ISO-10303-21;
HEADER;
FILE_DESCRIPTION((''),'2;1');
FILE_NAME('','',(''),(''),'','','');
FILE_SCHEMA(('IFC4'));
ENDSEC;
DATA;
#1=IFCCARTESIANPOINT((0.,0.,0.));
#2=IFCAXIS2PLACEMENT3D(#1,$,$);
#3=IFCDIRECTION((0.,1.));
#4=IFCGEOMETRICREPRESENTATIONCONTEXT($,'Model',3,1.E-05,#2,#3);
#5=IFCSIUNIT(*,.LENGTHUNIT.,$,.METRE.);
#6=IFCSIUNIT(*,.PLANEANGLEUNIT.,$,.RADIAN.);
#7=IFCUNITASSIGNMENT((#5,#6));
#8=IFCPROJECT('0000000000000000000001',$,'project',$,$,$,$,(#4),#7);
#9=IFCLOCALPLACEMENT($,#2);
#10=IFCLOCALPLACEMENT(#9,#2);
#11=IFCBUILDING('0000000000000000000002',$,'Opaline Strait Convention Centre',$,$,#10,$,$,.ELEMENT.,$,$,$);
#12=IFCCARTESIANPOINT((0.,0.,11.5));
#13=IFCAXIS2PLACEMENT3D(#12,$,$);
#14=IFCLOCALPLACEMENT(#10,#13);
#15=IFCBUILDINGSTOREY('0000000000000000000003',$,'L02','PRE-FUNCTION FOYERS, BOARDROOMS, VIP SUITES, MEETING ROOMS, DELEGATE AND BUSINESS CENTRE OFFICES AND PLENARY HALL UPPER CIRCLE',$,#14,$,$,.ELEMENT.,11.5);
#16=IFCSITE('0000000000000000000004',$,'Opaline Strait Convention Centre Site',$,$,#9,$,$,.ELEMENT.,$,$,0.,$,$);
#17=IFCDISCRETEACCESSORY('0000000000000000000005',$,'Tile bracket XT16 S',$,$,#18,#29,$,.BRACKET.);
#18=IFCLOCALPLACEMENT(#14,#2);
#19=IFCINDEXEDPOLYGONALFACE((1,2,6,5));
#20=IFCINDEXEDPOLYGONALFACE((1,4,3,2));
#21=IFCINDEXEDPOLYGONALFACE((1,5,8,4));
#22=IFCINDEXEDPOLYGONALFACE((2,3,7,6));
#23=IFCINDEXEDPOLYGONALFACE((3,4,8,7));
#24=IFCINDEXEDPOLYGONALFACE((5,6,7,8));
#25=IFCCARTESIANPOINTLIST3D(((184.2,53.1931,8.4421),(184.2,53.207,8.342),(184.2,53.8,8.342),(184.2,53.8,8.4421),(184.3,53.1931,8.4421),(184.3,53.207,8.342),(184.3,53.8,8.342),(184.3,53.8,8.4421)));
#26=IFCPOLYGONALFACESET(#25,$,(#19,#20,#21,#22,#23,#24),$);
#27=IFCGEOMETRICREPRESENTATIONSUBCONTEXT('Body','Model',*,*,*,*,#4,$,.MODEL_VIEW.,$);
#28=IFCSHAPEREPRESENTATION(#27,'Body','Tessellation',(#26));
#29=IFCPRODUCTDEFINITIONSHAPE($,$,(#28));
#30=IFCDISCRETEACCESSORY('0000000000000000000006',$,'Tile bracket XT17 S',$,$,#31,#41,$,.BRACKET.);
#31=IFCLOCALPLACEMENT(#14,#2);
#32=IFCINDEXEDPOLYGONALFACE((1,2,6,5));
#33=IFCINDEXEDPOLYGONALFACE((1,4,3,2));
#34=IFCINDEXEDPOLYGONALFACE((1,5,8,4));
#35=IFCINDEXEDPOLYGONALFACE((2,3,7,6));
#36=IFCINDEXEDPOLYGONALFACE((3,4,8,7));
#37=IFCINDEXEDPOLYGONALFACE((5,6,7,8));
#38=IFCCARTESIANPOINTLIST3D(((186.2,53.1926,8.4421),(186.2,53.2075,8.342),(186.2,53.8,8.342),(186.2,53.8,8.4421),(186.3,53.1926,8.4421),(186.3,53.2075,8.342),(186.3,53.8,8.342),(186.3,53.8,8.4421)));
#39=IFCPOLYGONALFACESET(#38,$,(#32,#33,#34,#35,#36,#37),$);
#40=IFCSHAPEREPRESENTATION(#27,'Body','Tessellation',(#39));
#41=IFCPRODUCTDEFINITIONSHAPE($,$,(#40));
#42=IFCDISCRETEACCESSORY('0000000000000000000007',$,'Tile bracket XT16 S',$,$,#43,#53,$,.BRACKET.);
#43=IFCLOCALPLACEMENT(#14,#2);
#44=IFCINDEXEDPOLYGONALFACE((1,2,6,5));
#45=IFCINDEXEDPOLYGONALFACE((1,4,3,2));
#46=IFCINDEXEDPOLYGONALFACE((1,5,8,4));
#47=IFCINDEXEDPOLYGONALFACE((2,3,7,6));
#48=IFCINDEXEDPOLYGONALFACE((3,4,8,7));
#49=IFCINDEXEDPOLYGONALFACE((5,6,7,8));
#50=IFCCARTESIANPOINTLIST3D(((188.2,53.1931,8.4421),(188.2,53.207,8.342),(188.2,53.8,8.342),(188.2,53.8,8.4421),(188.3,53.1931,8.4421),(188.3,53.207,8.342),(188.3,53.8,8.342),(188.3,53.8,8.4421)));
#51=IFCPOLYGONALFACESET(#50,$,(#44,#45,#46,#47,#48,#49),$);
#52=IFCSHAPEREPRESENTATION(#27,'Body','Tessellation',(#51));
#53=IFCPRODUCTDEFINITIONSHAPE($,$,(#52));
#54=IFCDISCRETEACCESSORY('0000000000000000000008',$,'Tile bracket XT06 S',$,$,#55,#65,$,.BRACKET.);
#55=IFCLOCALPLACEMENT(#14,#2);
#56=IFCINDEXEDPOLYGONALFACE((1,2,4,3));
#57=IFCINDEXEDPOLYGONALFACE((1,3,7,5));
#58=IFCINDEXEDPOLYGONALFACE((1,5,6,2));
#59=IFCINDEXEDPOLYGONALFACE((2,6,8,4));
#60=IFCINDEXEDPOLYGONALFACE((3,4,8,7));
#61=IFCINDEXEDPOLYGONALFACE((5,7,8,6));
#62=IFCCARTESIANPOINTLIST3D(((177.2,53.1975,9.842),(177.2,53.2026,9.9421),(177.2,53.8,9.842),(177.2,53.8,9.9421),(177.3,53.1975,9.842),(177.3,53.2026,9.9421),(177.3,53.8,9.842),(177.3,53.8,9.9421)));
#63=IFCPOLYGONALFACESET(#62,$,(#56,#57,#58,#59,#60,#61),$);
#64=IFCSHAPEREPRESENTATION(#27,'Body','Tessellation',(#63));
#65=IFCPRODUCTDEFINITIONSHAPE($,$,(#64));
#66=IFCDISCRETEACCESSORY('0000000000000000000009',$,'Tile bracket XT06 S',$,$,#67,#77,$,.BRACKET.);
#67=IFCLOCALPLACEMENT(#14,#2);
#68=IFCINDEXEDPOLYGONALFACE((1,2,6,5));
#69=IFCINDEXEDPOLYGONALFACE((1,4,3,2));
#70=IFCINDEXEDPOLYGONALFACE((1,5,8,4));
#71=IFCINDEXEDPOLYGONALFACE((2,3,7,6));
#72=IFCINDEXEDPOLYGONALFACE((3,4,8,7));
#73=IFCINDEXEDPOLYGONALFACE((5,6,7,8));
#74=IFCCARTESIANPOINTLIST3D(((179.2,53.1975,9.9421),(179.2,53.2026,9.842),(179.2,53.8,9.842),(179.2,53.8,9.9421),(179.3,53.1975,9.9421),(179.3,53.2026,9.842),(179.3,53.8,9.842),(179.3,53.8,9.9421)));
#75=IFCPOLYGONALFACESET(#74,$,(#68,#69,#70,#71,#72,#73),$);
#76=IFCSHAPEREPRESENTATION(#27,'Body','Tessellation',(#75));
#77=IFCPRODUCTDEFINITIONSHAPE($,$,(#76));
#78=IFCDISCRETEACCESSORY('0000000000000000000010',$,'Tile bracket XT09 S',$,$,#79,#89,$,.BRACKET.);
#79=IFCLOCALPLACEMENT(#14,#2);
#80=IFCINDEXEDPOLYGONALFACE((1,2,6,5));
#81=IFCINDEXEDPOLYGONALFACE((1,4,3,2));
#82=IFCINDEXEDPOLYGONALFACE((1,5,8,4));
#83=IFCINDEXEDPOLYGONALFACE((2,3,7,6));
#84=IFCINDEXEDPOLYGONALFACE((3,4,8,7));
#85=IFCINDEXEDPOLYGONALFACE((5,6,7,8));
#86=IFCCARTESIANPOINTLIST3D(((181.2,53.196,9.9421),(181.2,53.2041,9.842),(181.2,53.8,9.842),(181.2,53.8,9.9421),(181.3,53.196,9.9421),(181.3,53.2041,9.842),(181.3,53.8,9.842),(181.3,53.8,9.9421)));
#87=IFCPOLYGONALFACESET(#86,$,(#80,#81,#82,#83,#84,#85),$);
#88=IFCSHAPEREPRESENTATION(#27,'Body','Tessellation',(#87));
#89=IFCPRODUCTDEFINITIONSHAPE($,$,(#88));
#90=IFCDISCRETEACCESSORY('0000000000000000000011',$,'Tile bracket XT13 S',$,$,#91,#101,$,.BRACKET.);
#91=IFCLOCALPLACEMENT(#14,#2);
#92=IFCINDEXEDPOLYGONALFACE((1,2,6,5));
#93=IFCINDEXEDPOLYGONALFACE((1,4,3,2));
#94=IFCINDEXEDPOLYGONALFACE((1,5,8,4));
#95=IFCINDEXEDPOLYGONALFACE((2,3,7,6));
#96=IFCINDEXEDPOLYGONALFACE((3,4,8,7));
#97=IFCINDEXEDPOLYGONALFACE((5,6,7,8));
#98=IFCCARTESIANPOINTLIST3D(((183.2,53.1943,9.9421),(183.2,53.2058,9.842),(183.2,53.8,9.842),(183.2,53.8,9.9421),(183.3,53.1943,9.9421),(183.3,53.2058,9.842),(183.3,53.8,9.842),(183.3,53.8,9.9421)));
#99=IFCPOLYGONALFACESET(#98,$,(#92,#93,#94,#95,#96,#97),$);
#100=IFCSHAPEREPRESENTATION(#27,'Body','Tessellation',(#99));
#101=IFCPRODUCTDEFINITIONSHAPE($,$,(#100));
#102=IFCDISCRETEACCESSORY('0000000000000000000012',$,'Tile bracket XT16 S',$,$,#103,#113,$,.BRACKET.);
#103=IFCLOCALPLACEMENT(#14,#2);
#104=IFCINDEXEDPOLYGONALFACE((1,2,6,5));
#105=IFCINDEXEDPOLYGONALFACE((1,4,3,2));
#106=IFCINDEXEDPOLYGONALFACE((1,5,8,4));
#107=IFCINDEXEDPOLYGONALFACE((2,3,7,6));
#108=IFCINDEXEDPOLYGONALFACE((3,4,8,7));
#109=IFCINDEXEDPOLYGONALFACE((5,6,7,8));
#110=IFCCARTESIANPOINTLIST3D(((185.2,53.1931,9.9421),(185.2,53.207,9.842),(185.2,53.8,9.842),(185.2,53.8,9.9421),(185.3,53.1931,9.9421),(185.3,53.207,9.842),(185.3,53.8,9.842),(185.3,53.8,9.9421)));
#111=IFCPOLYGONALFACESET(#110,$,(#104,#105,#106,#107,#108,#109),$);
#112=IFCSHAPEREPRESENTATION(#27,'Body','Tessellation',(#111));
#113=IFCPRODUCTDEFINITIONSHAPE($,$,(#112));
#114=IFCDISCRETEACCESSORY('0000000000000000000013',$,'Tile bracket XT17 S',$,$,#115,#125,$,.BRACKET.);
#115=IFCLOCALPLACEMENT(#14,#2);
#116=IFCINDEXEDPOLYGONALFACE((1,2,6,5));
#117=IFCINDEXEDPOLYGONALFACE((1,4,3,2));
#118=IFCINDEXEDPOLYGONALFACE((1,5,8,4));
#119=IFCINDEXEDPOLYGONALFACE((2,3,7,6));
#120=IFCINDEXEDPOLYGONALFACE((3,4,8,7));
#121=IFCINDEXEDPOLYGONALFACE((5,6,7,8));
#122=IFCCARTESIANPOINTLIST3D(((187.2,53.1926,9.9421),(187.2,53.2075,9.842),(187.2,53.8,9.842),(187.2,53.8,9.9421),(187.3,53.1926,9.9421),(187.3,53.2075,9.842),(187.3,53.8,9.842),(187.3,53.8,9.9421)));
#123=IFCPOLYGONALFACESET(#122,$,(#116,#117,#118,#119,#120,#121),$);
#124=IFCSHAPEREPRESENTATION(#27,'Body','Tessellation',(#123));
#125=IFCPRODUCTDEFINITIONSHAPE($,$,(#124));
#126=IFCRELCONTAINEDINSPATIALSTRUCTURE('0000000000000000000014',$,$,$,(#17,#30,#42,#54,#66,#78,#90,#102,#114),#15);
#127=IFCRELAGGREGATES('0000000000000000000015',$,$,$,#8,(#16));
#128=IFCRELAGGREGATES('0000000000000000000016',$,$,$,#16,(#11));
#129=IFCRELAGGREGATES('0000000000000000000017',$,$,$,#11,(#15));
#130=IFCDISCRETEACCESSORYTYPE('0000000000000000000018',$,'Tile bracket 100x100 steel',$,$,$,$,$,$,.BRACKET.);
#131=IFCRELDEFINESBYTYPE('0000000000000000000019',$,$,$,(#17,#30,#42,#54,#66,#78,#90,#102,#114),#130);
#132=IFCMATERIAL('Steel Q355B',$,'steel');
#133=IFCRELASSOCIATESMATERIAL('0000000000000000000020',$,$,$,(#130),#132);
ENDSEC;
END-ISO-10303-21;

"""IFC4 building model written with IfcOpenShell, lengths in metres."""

from ifc_helpers import new_model, si_unit, direction, frame, origin, place, context, subcontext, project, spatial, polyline, outline, extrude, material, type_object, element, save


model = new_model("IFC4")

# Units and contexts
model_context = context("Model", 3, precision=1e-05, world=origin(), true_north=direction((0.0, 1.0)))
body_context = subcontext(model_context, "Body", "Model", "MODEL_VIEW")
ifc_project = project(units=[si_unit("LENGTHUNIT", "METRE"), si_unit("PLANEANGLEUNIT", "RADIAN")], contexts=[model_context])

# Site, building, storey
site_placement = place(None, origin())
site = spatial("IfcSite", under=ifc_project, at=site_placement, Name="Opaline Strait Convention Centre Site", CompositionType="ELEMENT", RefElevation=0.0)
building_placement = place(site_placement, origin())
building = spatial("IfcBuilding", under=site, at=building_placement, Name="Opaline Strait Convention Centre", CompositionType="ELEMENT")
storey_placement = place(building_placement, frame((0.0, 0.0, 11.5)))
storey = spatial("IfcBuildingStorey", under=building, at=storey_placement, Name="L02", Description="PRE-FUNCTION FOYERS, BOARDROOMS, VIP SUITES, MEETING ROOMS, DELEGATE AND BUSINESS CENTRE OFFICES AND PLENARY HALL UPPER CIRCLE", CompositionType="ELEMENT", Elevation=11.5)

# Shared definitions
ifc_material_1 = material(Name="Steel Q355B", Category="steel")

# Discrete accessories
discrete_accessory_type = type_object("IfcDiscreteAccessoryType", Name="Tile bracket 100x100 steel", PredefinedType="BRACKET", material=ifc_material_1)
discrete_accessory_1_placement = place(storey_placement, frame((184.2, 53.8, 8.3921), z_axis=(1.0, 0.0, 0.0), x_axis=(0.0, 1.0, 0.0)))
element("IfcDiscreteAccessory", 1, at=discrete_accessory_1_placement, inside=storey, type_object=discrete_accessory_type, Name="Tile bracket XT16 S", PredefinedType="BRACKET", context=body_context, shape_type="SweptSolid", body=[
    extrude(outline(polyline([(0.0, -0.05), (0.0, 0.05), (-0.6069, 0.05), (-0.593, -0.05), (0.0, -0.05)])), origin(), (0.0, 0.0, 1.0), 0.1001),
])
discrete_accessory_2_placement = place(storey_placement, frame((186.2, 53.8, 8.3921), z_axis=(1.0, 0.0, 0.0), x_axis=(0.0, 1.0, 0.0)))
element("IfcDiscreteAccessory", 2, at=discrete_accessory_2_placement, inside=storey, type_object=discrete_accessory_type, Name="Tile bracket XT17 S", PredefinedType="BRACKET", context=body_context, shape_type="SweptSolid", body=[
    extrude(outline(polyline([(0.0, -0.05), (0.0, 0.05), (-0.6074, 0.05), (-0.5925, -0.05), (0.0, -0.05)])), origin(), (0.0, 0.0, 1.0), 0.1001),
])
discrete_accessory_3_placement = place(storey_placement, frame((188.2, 53.8, 8.3921), z_axis=(1.0, 0.0, 0.0), x_axis=(0.0, 1.0, 0.0)))
element("IfcDiscreteAccessory", 3, at=discrete_accessory_3_placement, inside=storey, type_object=discrete_accessory_type, Name="Tile bracket XT16 S", PredefinedType="BRACKET", context=body_context, shape_type="SweptSolid", body=[
    extrude(outline(polyline([(0.0, -0.05), (0.0, 0.05), (-0.6069, 0.05), (-0.593, -0.05), (0.0, -0.05)])), origin(), (0.0, 0.0, 1.0), 0.1001),
])
discrete_accessory_4_placement = place(storey_placement, frame((177.2, 53.8, 9.8921), z_axis=(1.0, 0.0, 0.0), x_axis=(0.0, 1.0, 0.0)))
element("IfcDiscreteAccessory", 4, at=discrete_accessory_4_placement, inside=storey, type_object=discrete_accessory_type, Name="Tile bracket XT06 S", PredefinedType="BRACKET", context=body_context, shape_type="SweptSolid", body=[
    extrude(outline(polyline([(0.0, -0.05), (0.0, 0.05), (-0.5974, 0.05), (-0.6025, -0.05), (0.0, -0.05)])), origin(), (0.0, 0.0, 1.0), 0.1001),
])
discrete_accessory_5_placement = place(storey_placement, frame((179.2, 53.8, 9.8921), z_axis=(1.0, 0.0, 0.0), x_axis=(0.0, 1.0, 0.0)))
element("IfcDiscreteAccessory", 5, at=discrete_accessory_5_placement, inside=storey, type_object=discrete_accessory_type, Name="Tile bracket XT06 S", PredefinedType="BRACKET", context=body_context, shape_type="SweptSolid", body=[
    extrude(outline(polyline([(0.0, -0.05), (0.0, 0.05), (-0.6025, 0.05), (-0.5974, -0.05), (0.0, -0.05)])), origin(), (0.0, 0.0, 1.0), 0.1001),
])
discrete_accessory_6_placement = place(storey_placement, frame((181.2, 53.8, 9.8921), z_axis=(1.0, 0.0, 0.0), x_axis=(0.0, 1.0, 0.0)))
element("IfcDiscreteAccessory", 6, at=discrete_accessory_6_placement, inside=storey, type_object=discrete_accessory_type, Name="Tile bracket XT09 S", PredefinedType="BRACKET", context=body_context, shape_type="SweptSolid", body=[
    extrude(outline(polyline([(0.0, -0.05), (0.0, 0.05), (-0.604, 0.05), (-0.5959, -0.05), (0.0, -0.05)])), origin(), (0.0, 0.0, 1.0), 0.1001),
])
discrete_accessory_7_placement = place(storey_placement, frame((183.2, 53.8, 9.8921), z_axis=(1.0, 0.0, 0.0), x_axis=(0.0, 1.0, 0.0)))
element("IfcDiscreteAccessory", 7, at=discrete_accessory_7_placement, inside=storey, type_object=discrete_accessory_type, Name="Tile bracket XT13 S", PredefinedType="BRACKET", context=body_context, shape_type="SweptSolid", body=[
    extrude(outline(polyline([(0.0, -0.05), (0.0, 0.05), (-0.6057, 0.05), (-0.5942, -0.05), (0.0, -0.05)])), origin(), (0.0, 0.0, 1.0), 0.1001),
])
discrete_accessory_8_placement = place(storey_placement, frame((185.2, 53.8, 9.8921), z_axis=(1.0, 0.0, 0.0), x_axis=(0.0, 1.0, 0.0)))
element("IfcDiscreteAccessory", 8, at=discrete_accessory_8_placement, inside=storey, type_object=discrete_accessory_type, Name="Tile bracket XT16 S", PredefinedType="BRACKET", context=body_context, shape_type="SweptSolid", body=[
    extrude(outline(polyline([(0.0, -0.05), (0.0, 0.05), (-0.6069, 0.05), (-0.593, -0.05), (0.0, -0.05)])), origin(), (0.0, 0.0, 1.0), 0.1001),
])
discrete_accessory_9_placement = place(storey_placement, frame((187.2, 53.8, 9.8921), z_axis=(1.0, 0.0, 0.0), x_axis=(0.0, 1.0, 0.0)))
element("IfcDiscreteAccessory", 9, at=discrete_accessory_9_placement, inside=storey, type_object=discrete_accessory_type, Name="Tile bracket XT17 S", PredefinedType="BRACKET", context=body_context, shape_type="SweptSolid", body=[
    extrude(outline(polyline([(0.0, -0.05), (0.0, 0.05), (-0.6074, 0.05), (-0.5925, -0.05), (0.0, -0.05)])), origin(), (0.0, 0.0, 1.0), 0.1001),
])

save(model, "model.ifc")
